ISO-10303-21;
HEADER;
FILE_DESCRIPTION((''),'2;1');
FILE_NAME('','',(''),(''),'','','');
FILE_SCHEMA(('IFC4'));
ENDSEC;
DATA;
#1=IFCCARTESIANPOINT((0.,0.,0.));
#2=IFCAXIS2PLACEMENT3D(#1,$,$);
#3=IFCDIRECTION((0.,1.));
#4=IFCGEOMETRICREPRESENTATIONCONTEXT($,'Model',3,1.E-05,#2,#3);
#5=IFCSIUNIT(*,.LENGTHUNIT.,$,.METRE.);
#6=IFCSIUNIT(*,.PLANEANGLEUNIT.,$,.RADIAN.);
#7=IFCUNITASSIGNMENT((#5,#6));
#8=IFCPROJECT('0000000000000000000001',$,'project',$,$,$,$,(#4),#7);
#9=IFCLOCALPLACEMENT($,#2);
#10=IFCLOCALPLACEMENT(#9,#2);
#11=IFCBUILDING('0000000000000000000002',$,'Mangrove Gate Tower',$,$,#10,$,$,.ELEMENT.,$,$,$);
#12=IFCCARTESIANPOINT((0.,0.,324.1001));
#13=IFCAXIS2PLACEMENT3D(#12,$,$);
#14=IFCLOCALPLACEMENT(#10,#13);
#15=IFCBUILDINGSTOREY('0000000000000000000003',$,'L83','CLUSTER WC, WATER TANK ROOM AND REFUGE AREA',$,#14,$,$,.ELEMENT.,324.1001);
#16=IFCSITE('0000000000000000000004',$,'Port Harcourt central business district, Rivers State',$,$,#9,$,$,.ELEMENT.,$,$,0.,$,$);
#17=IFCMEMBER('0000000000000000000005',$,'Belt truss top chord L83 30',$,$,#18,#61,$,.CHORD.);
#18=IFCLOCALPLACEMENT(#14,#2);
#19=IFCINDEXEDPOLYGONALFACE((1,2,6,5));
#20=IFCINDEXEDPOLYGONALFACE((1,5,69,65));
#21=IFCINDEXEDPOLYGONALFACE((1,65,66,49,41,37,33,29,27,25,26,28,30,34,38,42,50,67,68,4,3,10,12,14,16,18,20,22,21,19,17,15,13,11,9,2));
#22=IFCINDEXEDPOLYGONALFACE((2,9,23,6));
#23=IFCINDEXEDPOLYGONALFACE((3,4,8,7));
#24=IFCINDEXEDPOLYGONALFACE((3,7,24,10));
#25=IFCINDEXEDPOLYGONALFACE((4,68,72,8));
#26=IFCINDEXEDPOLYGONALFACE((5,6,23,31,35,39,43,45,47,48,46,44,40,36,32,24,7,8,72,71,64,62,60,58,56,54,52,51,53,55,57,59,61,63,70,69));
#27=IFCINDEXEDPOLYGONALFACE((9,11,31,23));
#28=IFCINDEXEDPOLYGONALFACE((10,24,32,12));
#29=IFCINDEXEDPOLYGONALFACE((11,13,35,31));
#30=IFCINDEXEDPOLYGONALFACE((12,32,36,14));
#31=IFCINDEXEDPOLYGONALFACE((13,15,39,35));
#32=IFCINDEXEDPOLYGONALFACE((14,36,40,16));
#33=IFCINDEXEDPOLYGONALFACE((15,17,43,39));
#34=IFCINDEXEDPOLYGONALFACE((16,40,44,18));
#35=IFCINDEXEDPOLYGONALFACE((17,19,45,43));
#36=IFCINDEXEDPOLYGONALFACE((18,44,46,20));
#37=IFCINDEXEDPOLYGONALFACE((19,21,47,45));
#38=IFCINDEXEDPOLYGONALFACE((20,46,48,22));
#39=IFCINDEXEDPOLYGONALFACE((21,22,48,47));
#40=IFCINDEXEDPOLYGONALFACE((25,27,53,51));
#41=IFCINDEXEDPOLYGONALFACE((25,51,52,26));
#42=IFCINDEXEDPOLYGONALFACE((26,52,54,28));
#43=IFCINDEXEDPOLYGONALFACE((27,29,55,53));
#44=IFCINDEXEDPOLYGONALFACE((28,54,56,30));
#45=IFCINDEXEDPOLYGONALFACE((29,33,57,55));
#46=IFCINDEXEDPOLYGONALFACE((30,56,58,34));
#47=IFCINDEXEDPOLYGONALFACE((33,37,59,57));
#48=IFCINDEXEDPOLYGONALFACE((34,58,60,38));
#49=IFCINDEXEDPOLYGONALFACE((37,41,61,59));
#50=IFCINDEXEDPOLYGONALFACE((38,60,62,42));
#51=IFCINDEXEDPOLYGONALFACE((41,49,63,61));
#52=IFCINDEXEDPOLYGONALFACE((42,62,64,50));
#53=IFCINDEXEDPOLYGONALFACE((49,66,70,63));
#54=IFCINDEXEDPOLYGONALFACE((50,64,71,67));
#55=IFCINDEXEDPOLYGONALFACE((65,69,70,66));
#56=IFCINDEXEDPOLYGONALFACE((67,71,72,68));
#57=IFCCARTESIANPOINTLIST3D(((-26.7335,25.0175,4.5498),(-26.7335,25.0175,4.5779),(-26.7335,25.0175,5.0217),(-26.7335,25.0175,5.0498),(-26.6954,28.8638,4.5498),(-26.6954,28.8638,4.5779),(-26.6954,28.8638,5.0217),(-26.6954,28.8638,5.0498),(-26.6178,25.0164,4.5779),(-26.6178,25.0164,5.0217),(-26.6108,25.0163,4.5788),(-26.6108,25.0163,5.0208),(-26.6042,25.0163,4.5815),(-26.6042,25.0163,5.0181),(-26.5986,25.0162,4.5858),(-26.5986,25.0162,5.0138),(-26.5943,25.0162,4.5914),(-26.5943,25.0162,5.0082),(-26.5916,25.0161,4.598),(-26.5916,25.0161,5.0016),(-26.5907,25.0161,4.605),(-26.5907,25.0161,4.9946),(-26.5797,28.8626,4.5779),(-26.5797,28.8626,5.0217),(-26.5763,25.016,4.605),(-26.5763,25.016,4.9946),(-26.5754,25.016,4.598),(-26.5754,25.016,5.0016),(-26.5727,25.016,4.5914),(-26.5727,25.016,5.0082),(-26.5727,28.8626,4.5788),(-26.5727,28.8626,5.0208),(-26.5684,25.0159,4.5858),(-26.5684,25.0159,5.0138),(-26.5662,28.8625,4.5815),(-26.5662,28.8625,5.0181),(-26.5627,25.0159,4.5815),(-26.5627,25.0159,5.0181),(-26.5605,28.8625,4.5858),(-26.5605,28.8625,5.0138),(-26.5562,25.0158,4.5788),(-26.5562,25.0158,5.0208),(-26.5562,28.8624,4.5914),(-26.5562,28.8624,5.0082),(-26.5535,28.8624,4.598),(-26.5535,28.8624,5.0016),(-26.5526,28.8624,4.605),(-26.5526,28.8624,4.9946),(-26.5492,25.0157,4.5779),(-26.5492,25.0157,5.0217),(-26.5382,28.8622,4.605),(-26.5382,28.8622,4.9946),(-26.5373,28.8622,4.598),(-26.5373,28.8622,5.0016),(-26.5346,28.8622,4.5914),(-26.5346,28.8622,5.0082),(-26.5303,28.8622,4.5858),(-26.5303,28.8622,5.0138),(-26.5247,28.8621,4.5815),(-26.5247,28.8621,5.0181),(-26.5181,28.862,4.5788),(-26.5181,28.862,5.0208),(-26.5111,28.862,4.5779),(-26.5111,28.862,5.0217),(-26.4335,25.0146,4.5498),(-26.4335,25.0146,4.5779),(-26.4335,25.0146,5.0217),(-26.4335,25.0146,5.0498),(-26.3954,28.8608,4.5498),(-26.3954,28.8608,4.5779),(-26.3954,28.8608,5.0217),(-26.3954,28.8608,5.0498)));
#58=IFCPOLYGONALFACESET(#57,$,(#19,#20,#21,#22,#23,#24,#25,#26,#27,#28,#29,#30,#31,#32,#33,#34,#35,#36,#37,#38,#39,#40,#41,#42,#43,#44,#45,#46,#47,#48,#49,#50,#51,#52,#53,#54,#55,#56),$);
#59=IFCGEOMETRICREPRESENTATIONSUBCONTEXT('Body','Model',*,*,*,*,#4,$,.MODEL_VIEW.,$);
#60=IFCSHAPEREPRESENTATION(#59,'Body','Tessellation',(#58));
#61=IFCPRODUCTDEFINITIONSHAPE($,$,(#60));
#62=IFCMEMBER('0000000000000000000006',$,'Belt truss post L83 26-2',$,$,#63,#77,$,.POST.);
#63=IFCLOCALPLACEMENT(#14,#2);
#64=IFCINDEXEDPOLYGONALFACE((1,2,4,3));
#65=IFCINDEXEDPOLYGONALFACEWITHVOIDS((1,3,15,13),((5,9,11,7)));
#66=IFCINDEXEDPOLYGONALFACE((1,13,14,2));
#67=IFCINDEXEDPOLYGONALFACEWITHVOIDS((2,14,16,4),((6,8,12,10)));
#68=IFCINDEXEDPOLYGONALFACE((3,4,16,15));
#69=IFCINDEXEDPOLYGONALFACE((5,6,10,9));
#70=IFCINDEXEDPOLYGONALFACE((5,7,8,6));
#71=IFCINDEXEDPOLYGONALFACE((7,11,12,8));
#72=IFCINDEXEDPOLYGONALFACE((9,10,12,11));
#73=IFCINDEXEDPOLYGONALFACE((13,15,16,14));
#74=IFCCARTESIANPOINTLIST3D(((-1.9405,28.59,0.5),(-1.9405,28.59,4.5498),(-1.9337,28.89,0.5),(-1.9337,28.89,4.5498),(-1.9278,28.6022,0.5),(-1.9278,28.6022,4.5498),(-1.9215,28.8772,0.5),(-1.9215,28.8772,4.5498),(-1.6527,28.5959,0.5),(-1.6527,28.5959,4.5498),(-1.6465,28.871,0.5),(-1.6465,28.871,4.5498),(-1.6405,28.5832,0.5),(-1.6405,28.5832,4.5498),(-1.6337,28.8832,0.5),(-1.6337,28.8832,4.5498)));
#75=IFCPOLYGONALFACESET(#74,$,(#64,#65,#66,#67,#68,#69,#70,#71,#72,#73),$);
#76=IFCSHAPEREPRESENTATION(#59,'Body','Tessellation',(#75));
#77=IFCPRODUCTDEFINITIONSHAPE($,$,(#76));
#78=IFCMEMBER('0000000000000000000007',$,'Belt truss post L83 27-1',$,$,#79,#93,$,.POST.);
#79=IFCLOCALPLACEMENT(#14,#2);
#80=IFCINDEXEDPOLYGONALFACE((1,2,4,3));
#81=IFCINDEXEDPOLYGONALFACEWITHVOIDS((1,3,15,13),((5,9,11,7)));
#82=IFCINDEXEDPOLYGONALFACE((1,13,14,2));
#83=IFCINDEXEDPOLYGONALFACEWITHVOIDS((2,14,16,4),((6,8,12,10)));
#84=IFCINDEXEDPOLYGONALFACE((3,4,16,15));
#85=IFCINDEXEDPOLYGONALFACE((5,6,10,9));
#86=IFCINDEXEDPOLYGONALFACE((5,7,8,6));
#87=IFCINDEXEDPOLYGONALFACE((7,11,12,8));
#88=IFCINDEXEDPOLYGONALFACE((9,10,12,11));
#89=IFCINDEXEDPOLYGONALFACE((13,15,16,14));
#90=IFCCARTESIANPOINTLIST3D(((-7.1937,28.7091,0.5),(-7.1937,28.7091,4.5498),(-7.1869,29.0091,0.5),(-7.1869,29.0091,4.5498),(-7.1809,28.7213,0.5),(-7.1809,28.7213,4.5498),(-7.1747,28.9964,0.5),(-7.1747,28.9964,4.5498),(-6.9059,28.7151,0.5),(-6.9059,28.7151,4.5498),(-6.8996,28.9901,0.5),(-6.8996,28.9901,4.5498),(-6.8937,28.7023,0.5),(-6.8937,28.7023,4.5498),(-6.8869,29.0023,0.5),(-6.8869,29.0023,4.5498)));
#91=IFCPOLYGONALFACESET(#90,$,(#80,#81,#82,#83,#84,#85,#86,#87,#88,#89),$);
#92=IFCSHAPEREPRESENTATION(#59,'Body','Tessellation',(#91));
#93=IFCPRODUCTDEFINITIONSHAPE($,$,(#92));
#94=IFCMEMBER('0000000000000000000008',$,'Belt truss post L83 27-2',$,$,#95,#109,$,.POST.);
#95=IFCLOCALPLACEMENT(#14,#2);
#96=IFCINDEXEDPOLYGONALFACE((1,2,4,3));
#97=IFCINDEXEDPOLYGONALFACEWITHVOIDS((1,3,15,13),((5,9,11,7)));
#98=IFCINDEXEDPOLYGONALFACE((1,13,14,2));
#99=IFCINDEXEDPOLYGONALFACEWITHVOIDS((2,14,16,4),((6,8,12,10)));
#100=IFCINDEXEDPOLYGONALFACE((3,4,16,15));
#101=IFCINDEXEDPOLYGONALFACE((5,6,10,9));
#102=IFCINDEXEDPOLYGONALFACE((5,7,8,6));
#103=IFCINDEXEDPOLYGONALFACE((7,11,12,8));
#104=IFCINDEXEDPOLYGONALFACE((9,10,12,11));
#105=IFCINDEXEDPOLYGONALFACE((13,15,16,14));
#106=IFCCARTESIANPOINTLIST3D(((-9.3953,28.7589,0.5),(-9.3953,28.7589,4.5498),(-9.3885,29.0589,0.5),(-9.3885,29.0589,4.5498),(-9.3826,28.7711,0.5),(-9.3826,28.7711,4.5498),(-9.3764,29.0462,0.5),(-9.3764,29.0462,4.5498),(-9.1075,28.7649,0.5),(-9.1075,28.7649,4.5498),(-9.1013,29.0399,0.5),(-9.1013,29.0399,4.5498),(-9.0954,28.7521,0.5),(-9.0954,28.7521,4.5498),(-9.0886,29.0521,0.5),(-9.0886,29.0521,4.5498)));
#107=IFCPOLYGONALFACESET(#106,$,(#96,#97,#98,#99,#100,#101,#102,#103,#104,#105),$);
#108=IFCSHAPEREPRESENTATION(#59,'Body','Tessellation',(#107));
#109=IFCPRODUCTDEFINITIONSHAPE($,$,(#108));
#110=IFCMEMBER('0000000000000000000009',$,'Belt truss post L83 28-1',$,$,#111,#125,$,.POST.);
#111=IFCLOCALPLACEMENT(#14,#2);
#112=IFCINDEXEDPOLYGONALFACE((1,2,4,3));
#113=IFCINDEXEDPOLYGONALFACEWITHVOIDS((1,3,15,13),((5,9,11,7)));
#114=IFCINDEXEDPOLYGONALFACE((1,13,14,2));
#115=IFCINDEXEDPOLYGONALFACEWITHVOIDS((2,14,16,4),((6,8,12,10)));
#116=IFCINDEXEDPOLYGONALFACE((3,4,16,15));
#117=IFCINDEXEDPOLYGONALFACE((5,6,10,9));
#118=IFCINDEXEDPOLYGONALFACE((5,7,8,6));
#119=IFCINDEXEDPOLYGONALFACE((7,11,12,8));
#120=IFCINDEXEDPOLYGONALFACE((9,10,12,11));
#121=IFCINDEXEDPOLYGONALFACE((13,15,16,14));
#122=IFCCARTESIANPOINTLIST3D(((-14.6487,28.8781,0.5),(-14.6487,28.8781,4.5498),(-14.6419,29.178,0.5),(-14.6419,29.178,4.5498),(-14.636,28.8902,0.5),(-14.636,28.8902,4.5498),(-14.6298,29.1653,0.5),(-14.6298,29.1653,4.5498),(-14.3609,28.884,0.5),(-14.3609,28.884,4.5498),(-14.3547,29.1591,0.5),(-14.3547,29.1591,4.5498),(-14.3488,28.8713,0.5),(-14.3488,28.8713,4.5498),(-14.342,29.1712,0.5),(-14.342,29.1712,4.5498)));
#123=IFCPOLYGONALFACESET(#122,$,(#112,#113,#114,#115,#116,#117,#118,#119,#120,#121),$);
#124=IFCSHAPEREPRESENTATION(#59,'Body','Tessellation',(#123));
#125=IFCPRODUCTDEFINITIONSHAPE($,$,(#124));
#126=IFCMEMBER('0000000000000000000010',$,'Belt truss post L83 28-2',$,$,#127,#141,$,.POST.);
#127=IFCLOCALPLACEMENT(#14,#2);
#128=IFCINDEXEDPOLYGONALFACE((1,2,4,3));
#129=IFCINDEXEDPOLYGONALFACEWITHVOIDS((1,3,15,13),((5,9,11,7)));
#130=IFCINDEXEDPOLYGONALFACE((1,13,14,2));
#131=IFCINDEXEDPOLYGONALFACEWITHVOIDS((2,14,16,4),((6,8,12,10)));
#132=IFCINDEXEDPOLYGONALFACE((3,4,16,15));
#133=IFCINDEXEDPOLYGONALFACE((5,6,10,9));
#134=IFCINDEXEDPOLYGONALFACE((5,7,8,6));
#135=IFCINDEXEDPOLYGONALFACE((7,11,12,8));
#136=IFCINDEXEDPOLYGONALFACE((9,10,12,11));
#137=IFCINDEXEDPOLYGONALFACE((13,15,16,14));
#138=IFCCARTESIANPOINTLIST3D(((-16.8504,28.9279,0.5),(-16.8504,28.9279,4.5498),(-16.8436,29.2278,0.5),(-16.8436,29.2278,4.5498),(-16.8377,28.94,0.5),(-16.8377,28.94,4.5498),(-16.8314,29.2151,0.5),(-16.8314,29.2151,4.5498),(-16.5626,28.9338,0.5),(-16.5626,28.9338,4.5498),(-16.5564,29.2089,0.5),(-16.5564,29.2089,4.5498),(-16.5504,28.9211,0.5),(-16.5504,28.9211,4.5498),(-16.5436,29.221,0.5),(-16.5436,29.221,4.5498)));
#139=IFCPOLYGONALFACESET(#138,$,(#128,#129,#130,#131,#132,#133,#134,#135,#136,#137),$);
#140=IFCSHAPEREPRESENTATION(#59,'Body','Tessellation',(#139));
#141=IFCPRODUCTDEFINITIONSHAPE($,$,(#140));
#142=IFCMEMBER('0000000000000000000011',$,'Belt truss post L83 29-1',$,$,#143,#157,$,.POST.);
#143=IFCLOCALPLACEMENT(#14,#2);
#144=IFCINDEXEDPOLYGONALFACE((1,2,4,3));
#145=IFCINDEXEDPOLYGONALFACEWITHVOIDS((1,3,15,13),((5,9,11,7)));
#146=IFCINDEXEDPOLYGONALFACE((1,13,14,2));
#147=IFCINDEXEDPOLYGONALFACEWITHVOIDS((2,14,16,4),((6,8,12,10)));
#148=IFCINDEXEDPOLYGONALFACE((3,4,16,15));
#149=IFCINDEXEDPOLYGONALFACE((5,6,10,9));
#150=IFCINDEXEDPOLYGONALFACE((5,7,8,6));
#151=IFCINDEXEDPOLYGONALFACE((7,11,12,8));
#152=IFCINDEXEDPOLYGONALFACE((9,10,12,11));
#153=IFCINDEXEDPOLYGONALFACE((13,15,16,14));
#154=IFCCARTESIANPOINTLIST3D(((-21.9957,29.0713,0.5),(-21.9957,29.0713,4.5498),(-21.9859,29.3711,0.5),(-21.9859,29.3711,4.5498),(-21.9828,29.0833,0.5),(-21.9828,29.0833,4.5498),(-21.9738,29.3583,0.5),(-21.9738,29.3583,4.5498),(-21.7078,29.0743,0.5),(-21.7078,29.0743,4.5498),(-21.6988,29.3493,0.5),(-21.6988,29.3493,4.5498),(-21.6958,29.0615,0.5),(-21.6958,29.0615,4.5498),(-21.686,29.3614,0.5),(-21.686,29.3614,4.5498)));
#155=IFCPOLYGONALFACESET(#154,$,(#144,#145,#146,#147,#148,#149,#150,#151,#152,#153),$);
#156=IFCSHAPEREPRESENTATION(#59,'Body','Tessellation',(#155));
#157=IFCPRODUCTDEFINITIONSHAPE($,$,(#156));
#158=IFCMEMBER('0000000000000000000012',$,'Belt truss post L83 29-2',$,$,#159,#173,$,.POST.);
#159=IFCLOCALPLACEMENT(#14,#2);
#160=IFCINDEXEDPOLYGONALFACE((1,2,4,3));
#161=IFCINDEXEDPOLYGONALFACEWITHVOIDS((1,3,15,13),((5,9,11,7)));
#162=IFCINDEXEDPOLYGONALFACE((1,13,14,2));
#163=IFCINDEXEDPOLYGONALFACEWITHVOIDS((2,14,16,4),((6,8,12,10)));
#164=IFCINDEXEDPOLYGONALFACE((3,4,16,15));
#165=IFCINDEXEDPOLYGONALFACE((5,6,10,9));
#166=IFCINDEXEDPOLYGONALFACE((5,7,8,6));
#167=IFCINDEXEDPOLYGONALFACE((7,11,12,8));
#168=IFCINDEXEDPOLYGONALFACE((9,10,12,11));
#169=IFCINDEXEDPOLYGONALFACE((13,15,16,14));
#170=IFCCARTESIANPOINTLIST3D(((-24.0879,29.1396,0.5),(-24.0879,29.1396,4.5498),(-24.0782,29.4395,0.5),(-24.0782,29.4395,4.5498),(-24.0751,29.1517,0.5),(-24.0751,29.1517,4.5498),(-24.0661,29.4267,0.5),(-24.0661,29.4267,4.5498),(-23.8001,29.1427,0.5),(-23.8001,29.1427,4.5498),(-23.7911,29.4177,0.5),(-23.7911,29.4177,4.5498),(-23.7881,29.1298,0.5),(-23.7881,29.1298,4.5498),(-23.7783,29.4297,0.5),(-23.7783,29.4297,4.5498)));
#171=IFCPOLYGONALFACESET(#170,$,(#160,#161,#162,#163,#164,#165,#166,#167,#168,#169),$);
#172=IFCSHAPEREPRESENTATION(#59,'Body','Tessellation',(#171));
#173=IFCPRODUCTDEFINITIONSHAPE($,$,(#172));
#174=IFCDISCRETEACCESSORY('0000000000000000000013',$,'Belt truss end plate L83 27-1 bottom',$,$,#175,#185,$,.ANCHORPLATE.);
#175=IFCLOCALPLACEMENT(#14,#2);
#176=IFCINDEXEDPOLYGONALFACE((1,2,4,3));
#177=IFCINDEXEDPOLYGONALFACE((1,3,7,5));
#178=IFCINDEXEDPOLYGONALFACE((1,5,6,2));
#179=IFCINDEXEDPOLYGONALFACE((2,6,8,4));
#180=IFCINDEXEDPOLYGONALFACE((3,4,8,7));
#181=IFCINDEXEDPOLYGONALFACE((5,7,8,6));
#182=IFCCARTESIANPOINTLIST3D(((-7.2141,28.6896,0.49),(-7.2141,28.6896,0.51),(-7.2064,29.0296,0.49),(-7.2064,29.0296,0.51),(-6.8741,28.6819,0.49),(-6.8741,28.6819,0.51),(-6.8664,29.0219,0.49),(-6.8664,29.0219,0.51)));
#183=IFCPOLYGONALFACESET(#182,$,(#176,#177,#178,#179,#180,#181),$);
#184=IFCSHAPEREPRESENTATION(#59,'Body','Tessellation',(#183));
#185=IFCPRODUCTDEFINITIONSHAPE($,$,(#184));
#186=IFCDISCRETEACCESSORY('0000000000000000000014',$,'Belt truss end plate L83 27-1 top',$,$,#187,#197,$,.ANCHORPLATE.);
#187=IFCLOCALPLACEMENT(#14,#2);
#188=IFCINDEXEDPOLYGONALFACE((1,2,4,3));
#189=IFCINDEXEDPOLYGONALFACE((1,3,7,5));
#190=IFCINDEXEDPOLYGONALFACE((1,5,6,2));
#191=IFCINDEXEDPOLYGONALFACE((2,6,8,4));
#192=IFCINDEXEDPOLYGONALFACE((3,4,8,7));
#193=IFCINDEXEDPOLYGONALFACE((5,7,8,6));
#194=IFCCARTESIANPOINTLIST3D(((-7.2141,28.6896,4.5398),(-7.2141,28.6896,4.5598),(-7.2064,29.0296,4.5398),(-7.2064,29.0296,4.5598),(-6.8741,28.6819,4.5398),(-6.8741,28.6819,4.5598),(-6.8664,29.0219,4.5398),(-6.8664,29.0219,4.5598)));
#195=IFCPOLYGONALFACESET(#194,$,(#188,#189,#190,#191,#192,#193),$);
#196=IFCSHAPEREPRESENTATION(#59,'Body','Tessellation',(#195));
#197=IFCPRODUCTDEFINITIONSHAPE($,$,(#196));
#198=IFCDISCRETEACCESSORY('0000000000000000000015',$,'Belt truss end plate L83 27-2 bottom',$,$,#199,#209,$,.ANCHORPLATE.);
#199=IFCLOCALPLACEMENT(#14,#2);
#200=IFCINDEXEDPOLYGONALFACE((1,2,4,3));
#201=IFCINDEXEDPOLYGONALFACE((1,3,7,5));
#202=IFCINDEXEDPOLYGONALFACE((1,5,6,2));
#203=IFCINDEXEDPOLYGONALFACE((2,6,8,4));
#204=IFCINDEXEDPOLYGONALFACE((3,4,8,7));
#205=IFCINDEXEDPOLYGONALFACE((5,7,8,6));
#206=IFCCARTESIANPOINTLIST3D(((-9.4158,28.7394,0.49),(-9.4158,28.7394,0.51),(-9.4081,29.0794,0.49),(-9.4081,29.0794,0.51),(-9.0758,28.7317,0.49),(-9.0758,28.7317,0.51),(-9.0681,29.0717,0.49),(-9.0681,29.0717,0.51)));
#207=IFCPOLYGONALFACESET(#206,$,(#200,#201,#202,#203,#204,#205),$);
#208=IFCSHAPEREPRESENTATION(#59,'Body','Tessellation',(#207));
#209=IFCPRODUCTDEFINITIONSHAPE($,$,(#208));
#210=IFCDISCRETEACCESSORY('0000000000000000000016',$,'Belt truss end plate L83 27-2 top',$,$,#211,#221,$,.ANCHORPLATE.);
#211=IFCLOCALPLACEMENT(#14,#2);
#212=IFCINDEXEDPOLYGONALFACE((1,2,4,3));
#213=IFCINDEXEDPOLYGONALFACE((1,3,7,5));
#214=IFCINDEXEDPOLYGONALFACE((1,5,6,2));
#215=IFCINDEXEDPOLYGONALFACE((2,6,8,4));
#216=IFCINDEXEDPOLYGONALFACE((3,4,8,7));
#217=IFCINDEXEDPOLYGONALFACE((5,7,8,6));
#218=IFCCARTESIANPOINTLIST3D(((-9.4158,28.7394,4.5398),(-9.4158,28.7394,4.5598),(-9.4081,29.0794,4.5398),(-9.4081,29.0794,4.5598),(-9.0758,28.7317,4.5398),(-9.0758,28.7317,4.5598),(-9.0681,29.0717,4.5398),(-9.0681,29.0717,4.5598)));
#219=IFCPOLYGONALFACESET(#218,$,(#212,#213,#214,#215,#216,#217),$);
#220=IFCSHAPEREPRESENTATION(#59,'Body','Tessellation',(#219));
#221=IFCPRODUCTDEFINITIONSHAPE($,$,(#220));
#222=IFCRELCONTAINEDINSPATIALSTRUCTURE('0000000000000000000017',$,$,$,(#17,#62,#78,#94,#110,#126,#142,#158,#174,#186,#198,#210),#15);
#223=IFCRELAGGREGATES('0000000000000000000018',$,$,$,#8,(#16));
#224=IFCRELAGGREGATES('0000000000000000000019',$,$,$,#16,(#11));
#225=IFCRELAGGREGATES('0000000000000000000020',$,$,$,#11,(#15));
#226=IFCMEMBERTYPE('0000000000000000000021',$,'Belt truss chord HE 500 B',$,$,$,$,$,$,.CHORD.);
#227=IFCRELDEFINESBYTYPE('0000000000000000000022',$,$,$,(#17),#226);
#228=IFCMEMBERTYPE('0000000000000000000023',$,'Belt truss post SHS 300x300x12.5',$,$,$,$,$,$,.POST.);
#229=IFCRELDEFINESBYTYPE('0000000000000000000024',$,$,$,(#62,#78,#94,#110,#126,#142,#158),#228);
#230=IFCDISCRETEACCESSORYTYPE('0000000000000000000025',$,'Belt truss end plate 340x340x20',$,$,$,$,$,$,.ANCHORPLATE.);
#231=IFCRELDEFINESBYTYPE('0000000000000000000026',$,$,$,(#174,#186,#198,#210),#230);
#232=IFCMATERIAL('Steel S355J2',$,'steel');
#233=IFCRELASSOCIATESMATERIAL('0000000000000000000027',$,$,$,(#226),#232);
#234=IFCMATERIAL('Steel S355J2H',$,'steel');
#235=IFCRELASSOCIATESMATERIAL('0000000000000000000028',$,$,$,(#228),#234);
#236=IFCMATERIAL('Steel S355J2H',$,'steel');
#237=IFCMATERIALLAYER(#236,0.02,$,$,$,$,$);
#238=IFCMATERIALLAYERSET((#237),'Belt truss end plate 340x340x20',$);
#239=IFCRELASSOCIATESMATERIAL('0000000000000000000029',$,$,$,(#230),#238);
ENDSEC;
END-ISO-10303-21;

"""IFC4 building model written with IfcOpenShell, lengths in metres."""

from ifc_helpers import new_model, si_unit, direction, frame, origin, origin_2d, place, context, subcontext, project, spatial, rectangle, hollow_rectangle, i_section, extrude, material, layer, layer_set, material_profile, profile_set, type_object, element, save


model = new_model("IFC4")

# Units and contexts
model_context = context("Model", 3, precision=1e-05, world=origin(), true_north=direction((0.0, 1.0)))
body_context = subcontext(model_context, "Body", "Model", "MODEL_VIEW")
ifc_project = project(units=[si_unit("LENGTHUNIT", "METRE"), si_unit("PLANEANGLEUNIT", "RADIAN")], contexts=[model_context])

# Site, building, storey
site_placement = place(None, origin())
site = spatial("IfcSite", under=ifc_project, at=site_placement, Name="Port Harcourt central business district, Rivers State", CompositionType="ELEMENT", RefElevation=0.0)
building_placement = place(site_placement, origin())
building = spatial("IfcBuilding", under=site, at=building_placement, Name="Mangrove Gate Tower", CompositionType="ELEMENT")
storey_placement = place(building_placement, frame((0.0, 0.0, 324.1001)))
storey = spatial("IfcBuildingStorey", under=building, at=storey_placement, Name="L83", Description="CLUSTER WC, WATER TANK ROOM AND REFUGE AREA", CompositionType="ELEMENT", Elevation=324.1001)

# Members
ifc_material_1 = material(Name="Steel S355J2", Category="steel")
ifc_material_profile_1 = material_profile(ifc_material_1, i_section(OverallWidth=0.3, OverallDepth=0.5, WebThickness=0.0144, FlangeThickness=0.0281, FilletRadius=0.0271, at=origin_2d()))
ifc_profile_set_1 = profile_set([ifc_material_profile_1], Name="Steel S355J2")
member_type_1 = type_object("IfcMemberType", Name="Belt truss chord HE 500 B", PredefinedType="CHORD", material=ifc_profile_set_1)
for number, where, z_axis, x_axis, name in (
    (1, (-26.5454, 28.8623, 4.7998), (-0.009902, -0.999951, 0.0), (0.999951, -0.009902, 0.0), "Belt truss top chord L83 30"),
):
    element("IfcMember", number, at=place(storey_placement, frame(where, z_axis=z_axis, x_axis=x_axis)), inside=storey, type_object=member_type_1, Name=name, PredefinedType="CHORD", context=body_context, shape_type="SweptSolid", body=[
        extrude(i_section(OverallWidth=0.3, OverallDepth=0.5, WebThickness=0.0144, FlangeThickness=0.0281, FilletRadius=0.0271, at=origin_2d()), origin(), (0.0, 0.0, 1.0), 3.8464),
    ])
ifc_material_2 = material(Name="Steel S355J2H", Category="steel")
ifc_material_profile_2 = material_profile(ifc_material_2, hollow_rectangle(XDim=0.3, YDim=0.3, WallThickness=0.0125, at=origin_2d()))
ifc_profile_set_2 = profile_set([ifc_material_profile_2], Name="Steel S355J2H")
member_type_2 = type_object("IfcMemberType", Name="Belt truss post SHS 300x300x12.5", PredefinedType="POST", material=ifc_profile_set_2)
for number, where, z_axis, x_axis, name in (
    (2, (-1.7871, 28.7366, 0.5), (0.0, 0.0, 1.0), (-0.999743, 0.022663, 0.0), "Belt truss post L83 26-2"),
    (3, (-7.0403, 28.8557, 0.5), (0.0, 0.0, 1.0), (-0.999743, 0.022664, 0.0), "Belt truss post L83 27-1"),
    (4, (-9.2419, 28.9055, 0.5), (0.0, 0.0, 1.0), (-0.999743, 0.022664, 0.0), "Belt truss post L83 27-2"),
    (5, (-14.4954, 29.0247, 0.5), (0.0, 0.0, 1.0), (-0.999743, 0.022664, 0.0), "Belt truss post L83 28-1"),
    (6, (-16.697, 29.0745, 0.5), (0.0, 0.0, 1.0), (-0.999743, 0.022664, 0.0), "Belt truss post L83 28-2"),
    (7, (-21.8408, 29.2163, 0.5), (0.0, 0.0, 1.0), (-0.999468, 0.032629, 0.0), "Belt truss post L83 29-1"),
    (8, (-23.9331, 29.2847, 0.5), (0.0, 0.0, 1.0), (-0.999468, 0.032629, 0.0), "Belt truss post L83 29-2"),
):
    element("IfcMember", number, at=place(storey_placement, frame(where, z_axis=z_axis, x_axis=x_axis)), inside=storey, type_object=member_type_2, Name=name, PredefinedType="POST", context=body_context, shape_type="SweptSolid", body=[
        extrude(hollow_rectangle(XDim=0.3, YDim=0.3, WallThickness=0.0125, at=origin_2d()), origin(), (0.0, 0.0, 1.0), 4.0498),
    ])

# Discrete accessories
ifc_material_3 = material(Name="Steel S355J2H", Category="steel")
ifc_layer = layer(ifc_material_3, 0.02)
ifc_layer_set = layer_set([ifc_layer], Name="Belt truss end plate 340x340x20")
discrete_accessory_type = type_object("IfcDiscreteAccessoryType", Name="Belt truss end plate 340x340x20", PredefinedType="ANCHORPLATE", material=ifc_layer_set)
for number, where, z_axis, x_axis, name in (
    (9, (-7.0403, 28.8557, 0.49), (0.0, 0.0, 1.0), (-0.999743, 0.022664, 0.0), "Belt truss end plate L83 27-1 bottom"),
    (10, (-7.0403, 28.8557, 4.5398), (0.0, 0.0, 1.0), (-0.999743, 0.022664, 0.0), "Belt truss end plate L83 27-1 top"),
    (11, (-9.2419, 28.9055, 0.49), (0.0, 0.0, 1.0), (-0.999743, 0.022664, 0.0), "Belt truss end plate L83 27-2 bottom"),
    (12, (-9.2419, 28.9055, 4.5398), (0.0, 0.0, 1.0), (-0.999743, 0.022664, 0.0), "Belt truss end plate L83 27-2 top"),
):
    element("IfcDiscreteAccessory", number, at=place(storey_placement, frame(where, z_axis=z_axis, x_axis=x_axis)), inside=storey, type_object=discrete_accessory_type, Name=name, PredefinedType="ANCHORPLATE", context=body_context, shape_type="SweptSolid", body=[
        extrude(rectangle(XDim=0.3401, YDim=0.3401, at=origin_2d()), origin(), (0.0, 0.0, 1.0), 0.02),
    ])

save(model, "model.ifc")
